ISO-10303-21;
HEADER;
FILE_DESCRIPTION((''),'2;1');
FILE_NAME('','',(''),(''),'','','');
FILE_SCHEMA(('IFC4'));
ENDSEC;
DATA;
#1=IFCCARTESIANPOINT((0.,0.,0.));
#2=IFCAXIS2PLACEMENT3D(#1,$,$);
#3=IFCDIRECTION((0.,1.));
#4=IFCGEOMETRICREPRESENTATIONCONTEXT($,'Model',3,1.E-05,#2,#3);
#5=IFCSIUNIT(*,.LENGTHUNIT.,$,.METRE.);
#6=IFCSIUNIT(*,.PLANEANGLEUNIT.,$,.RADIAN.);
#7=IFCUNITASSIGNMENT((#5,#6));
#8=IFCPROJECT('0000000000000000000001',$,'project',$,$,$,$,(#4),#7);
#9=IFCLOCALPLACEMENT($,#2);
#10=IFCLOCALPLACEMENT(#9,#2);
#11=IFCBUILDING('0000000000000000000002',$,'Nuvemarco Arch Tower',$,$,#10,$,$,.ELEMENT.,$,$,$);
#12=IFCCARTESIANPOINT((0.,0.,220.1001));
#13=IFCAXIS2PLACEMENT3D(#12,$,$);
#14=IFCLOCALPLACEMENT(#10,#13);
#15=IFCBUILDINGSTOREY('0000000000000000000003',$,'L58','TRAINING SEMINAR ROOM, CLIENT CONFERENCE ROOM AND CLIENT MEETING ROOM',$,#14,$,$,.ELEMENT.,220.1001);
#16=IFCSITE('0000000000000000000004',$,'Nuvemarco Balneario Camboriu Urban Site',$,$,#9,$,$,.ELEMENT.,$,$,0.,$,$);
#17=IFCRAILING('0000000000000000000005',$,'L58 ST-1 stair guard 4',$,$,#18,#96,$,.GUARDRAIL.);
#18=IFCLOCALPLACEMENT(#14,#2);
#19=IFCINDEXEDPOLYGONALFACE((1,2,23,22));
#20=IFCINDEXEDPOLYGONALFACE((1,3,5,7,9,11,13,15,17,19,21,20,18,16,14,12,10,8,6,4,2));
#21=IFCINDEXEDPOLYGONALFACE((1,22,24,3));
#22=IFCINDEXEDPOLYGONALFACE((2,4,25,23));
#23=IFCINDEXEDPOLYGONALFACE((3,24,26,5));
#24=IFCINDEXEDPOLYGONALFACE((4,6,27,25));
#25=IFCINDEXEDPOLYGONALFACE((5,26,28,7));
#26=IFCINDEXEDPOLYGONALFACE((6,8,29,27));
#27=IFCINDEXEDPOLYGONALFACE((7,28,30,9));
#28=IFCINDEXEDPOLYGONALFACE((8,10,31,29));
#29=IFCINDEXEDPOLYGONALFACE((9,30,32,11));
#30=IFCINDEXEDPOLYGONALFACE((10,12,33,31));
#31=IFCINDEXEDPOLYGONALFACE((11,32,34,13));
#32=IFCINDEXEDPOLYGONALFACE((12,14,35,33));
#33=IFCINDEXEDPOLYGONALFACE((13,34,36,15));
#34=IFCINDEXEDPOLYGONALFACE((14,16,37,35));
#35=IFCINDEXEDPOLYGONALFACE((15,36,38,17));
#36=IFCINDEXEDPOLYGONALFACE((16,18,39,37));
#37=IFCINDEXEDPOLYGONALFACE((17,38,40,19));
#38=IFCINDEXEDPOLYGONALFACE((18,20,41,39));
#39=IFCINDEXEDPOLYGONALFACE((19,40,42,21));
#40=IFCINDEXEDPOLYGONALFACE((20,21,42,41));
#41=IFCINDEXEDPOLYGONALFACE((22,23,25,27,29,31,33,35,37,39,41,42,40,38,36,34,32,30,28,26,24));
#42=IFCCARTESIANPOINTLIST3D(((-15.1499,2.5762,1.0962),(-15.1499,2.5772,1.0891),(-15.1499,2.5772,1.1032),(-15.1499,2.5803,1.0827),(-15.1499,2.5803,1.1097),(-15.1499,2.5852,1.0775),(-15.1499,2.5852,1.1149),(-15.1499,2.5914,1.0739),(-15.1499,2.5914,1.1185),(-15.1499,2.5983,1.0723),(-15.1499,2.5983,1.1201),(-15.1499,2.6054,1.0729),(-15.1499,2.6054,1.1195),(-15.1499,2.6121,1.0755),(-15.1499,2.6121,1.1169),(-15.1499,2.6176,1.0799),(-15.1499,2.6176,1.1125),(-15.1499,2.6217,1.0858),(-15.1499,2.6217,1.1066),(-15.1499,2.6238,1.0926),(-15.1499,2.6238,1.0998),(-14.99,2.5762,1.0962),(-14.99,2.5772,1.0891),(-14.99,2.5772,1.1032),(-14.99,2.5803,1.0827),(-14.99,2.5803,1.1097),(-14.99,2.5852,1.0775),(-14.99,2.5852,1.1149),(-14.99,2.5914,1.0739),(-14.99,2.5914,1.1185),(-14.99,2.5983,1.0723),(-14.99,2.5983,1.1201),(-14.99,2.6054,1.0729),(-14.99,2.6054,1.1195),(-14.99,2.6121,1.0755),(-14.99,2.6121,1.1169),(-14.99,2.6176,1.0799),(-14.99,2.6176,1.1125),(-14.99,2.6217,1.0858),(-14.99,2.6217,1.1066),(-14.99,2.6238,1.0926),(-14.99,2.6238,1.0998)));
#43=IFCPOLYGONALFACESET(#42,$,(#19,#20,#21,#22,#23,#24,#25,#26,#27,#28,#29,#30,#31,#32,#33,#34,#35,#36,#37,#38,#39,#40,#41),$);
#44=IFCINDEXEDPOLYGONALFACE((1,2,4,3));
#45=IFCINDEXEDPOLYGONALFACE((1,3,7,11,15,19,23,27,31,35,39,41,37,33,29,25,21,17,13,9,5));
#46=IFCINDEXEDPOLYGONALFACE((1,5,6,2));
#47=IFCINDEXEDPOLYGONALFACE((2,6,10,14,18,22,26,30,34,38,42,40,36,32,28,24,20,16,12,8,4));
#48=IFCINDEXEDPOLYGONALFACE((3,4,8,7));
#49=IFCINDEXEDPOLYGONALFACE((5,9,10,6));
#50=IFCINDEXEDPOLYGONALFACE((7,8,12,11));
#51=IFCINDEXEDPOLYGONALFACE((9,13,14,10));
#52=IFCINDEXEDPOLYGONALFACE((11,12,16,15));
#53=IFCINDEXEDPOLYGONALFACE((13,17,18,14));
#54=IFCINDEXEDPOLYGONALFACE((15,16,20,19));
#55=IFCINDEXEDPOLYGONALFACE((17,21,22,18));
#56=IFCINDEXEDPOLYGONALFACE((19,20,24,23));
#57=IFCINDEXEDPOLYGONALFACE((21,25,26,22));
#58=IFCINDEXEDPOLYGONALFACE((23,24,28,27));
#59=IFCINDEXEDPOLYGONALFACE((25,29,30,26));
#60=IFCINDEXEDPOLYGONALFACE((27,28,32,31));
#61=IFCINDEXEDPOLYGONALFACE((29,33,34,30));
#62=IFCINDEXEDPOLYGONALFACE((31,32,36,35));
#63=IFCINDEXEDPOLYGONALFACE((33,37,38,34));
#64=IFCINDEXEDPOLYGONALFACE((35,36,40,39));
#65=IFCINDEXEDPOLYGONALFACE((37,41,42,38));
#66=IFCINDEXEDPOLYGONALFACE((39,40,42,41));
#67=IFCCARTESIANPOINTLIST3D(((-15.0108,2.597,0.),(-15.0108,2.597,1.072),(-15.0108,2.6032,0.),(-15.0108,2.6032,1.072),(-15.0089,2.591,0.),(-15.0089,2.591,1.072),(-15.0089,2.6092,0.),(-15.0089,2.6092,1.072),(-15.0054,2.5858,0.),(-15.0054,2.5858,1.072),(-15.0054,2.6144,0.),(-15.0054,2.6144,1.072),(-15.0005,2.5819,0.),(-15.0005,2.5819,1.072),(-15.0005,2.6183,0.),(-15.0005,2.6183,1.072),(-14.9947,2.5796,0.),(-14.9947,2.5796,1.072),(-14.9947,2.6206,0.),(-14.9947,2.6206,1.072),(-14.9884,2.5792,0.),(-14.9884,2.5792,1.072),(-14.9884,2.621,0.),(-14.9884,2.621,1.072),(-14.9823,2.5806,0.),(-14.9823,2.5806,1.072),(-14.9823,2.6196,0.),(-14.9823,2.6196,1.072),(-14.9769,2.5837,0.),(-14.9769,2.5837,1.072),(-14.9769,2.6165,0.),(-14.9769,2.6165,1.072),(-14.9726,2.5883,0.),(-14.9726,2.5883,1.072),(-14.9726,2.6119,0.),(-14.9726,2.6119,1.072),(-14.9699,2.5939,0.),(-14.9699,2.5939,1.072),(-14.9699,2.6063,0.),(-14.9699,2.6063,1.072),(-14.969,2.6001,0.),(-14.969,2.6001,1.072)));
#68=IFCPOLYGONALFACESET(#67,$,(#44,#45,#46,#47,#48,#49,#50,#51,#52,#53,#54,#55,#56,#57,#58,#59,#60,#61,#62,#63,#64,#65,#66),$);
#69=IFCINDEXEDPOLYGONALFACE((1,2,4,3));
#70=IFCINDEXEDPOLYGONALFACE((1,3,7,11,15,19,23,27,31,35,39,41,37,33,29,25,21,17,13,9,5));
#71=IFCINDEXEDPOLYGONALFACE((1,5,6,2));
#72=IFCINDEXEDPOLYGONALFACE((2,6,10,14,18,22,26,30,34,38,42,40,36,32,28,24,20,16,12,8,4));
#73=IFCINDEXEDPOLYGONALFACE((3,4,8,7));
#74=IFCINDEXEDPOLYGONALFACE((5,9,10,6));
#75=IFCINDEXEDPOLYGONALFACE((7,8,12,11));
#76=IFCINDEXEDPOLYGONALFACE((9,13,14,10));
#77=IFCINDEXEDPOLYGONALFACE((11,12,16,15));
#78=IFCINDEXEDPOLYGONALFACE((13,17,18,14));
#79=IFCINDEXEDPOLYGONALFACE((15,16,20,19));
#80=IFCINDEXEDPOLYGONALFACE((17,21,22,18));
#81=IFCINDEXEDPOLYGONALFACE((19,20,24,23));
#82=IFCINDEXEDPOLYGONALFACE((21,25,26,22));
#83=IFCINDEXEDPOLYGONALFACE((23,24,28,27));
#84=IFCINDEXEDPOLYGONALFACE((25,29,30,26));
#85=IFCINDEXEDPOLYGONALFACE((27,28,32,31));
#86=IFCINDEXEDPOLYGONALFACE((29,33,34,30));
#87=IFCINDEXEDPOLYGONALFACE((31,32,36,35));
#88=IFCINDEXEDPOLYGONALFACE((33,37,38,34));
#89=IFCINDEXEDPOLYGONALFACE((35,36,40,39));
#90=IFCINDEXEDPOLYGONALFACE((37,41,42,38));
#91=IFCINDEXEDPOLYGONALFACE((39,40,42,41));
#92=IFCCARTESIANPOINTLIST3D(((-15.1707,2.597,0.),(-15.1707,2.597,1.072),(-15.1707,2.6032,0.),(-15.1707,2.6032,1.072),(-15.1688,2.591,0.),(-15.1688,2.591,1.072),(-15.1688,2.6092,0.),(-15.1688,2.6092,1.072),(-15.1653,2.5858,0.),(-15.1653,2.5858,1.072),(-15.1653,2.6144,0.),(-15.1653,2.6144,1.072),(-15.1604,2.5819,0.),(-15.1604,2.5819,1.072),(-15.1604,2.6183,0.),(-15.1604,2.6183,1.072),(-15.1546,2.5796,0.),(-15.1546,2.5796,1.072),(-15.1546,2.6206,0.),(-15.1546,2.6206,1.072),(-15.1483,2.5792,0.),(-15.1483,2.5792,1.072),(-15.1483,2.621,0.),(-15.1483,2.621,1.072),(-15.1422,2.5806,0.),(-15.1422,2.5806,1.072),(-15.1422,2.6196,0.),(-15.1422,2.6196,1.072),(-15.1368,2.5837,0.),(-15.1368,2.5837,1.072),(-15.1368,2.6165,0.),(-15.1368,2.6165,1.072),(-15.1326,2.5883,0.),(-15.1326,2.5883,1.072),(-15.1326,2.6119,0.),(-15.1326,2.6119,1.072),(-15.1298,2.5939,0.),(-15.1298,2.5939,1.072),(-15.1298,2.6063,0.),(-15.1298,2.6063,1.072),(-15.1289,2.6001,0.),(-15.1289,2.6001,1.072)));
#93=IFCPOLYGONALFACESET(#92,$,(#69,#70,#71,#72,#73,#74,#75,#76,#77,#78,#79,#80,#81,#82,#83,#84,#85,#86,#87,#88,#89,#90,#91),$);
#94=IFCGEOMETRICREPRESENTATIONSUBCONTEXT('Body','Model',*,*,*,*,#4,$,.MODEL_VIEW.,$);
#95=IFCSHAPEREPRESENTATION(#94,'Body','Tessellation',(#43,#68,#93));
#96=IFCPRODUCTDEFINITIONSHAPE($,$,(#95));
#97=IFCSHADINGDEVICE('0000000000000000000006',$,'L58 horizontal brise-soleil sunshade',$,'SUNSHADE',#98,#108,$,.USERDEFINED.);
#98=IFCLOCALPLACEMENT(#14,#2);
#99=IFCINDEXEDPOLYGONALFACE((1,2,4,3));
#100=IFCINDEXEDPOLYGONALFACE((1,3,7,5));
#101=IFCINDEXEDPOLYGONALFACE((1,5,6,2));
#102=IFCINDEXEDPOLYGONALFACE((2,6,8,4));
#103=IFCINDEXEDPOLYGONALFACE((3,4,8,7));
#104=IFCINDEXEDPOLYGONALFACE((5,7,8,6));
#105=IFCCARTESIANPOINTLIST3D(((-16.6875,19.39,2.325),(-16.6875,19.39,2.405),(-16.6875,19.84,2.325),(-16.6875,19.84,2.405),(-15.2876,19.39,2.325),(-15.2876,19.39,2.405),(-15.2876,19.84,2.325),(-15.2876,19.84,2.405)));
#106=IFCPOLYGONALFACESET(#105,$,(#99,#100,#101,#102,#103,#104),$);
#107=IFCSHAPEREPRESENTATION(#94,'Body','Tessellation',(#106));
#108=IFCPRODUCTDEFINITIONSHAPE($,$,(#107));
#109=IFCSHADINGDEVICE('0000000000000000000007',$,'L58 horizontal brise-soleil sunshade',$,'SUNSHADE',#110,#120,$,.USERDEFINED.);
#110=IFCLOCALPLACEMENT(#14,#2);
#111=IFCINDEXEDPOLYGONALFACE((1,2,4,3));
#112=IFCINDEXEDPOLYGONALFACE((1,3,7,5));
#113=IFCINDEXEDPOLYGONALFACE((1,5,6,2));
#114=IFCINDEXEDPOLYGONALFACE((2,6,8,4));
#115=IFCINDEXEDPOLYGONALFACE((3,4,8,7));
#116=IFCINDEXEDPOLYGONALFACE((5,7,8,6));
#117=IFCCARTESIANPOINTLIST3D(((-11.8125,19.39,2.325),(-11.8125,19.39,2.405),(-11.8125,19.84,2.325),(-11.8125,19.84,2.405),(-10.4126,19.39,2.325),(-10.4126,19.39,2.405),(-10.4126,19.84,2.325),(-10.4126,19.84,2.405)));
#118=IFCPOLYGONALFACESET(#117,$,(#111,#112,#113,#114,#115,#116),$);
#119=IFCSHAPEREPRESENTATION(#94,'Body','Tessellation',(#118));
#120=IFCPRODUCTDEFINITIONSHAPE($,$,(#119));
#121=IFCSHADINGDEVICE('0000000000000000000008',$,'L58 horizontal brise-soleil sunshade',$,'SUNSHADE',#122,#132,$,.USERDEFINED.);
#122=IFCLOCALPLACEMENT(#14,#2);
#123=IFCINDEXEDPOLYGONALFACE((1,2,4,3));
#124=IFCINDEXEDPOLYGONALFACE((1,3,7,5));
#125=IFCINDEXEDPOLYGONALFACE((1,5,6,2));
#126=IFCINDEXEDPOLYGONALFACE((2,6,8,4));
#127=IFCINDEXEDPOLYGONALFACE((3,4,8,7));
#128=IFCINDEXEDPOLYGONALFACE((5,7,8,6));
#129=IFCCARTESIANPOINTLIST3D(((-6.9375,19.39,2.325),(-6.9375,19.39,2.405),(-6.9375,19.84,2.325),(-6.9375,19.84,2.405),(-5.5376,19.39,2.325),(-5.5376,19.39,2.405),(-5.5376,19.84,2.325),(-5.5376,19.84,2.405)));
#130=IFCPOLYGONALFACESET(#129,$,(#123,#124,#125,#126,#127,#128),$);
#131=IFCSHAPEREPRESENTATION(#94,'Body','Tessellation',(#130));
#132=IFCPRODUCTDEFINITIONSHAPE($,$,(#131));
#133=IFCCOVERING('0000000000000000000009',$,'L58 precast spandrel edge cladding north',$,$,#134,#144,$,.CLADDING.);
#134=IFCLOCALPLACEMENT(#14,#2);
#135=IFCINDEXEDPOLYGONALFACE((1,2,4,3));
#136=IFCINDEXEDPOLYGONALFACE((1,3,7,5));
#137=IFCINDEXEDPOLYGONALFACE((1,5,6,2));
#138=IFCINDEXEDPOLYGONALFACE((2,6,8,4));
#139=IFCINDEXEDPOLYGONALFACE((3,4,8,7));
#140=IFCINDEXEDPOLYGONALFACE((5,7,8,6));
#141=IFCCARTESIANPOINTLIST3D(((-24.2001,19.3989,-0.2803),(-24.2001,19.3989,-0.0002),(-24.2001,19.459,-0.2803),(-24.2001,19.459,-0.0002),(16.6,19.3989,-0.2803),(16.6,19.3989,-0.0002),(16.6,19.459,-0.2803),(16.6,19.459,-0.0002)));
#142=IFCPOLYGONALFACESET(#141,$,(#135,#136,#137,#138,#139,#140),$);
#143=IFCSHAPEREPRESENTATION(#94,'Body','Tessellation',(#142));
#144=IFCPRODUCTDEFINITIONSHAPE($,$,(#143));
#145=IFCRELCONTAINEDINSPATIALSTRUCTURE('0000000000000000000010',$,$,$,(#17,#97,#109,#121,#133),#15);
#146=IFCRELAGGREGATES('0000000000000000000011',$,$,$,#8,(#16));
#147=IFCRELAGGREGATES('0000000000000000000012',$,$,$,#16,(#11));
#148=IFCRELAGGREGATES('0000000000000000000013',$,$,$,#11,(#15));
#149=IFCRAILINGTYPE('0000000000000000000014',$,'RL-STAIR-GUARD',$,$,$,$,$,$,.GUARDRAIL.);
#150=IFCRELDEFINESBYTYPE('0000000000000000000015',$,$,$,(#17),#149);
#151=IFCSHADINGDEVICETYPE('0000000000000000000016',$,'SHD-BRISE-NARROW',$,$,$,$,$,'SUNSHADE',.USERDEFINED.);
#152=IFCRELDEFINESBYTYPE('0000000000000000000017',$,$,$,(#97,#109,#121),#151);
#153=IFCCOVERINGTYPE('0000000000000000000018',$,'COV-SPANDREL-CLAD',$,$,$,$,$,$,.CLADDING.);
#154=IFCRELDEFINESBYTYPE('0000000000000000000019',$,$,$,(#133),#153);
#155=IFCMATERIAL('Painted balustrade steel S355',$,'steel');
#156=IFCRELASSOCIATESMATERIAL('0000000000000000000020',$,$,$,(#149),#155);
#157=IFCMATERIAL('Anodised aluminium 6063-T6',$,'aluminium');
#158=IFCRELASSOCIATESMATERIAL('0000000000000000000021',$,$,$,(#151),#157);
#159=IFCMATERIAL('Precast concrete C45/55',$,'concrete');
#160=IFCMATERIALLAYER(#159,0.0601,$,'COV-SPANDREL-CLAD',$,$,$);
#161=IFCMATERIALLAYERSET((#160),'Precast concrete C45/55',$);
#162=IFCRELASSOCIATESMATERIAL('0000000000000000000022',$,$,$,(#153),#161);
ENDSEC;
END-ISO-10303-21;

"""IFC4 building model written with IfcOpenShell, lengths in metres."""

from ifc_helpers import new_model, si_unit, direction, frame, origin, origin_2d, place, context, subcontext, project, spatial, rectangle, circle, extrude, source, transform, mapped, material, layer, layer_set, type_object, type_shapes, element, save


model = new_model("IFC4")

# Units and contexts
model_context = context("Model", 3, precision=1e-05, world=origin(), true_north=direction((0.0, 1.0)))
body_context = subcontext(model_context, "Body", "Model", "MODEL_VIEW")
ifc_project = project(units=[si_unit("LENGTHUNIT", "METRE"), si_unit("PLANEANGLEUNIT", "RADIAN")], contexts=[model_context])

# Site, building, storey
site_placement = place(None, origin())
site = spatial("IfcSite", under=ifc_project, at=site_placement, Name="Nuvemarco Balneario Camboriu Urban Site", CompositionType="ELEMENT", RefElevation=0.0)
building_placement = place(site_placement, origin())
building = spatial("IfcBuilding", under=site, at=building_placement, Name="Nuvemarco Arch Tower", CompositionType="ELEMENT")
storey_placement = place(building_placement, frame((0.0, 0.0, 220.1001)))
storey = spatial("IfcBuildingStorey", under=building, at=storey_placement, Name="L58", Description="TRAINING SEMINAR ROOM, CLIENT CONFERENCE ROOM AND CLIENT MEETING ROOM", CompositionType="ELEMENT", Elevation=220.1001)

# Shared definitions
ifc_material_1 = material(Name="Precast concrete C45/55", Category="concrete")

# Railing
ifc_material_2 = material(Name="Painted balustrade steel S355", Category="steel")
railing_type_1 = type_object("IfcRailingType", Name="RL-STAIR-GUARD", PredefinedType="GUARDRAIL", material=ifc_material_2)
railing_1_placement = place(storey_placement, frame((-14.99, 2.6001, 0.0)))
element("IfcRailing", 1, at=railing_1_placement, inside=storey, type_object=railing_type_1, Name="L58 ST-1 stair guard 4", PredefinedType="GUARDRAIL", context=body_context, shape_type="SweptSolid", body=[
    extrude(circle(Radius=0.0239, at=origin_2d()), frame((0.0, 0.0, 1.0962), z_axis=(-1.0, 0.0, 0.0), x_axis=(0.0, -1.0, 0.0)), (0.0, 0.0, 1.0), 0.1599),
    extrude(circle(Radius=0.021, at=origin_2d()), origin(), (0.0, 0.0, 1.0), 1.072),
    extrude(circle(Radius=0.021, at=origin_2d()), frame((-0.1599, 0.0, 0.0)), (0.0, 0.0, 1.0), 1.072),
])

# Shading devices
ifc_material_3 = material(Name="Anodised aluminium 6063-T6", Category="aluminium")
shading_device_type = type_object("IfcShadingDeviceType", Name="SHD-BRISE-NARROW", ElementType="SUNSHADE", PredefinedType="USERDEFINED", material=ifc_material_3)
shared_shape_1 = source(origin(), body_context, "Body", "SweptSolid", [
    extrude(rectangle(XDim=1.3999, YDim=0.45, at=origin_2d()), origin(), (0.0, 0.0, 1.0), 0.0801),
])
type_shapes(shading_device_type, [shared_shape_1])
for number, where, z_axis, x_axis, name in (
    (2, (-15.9875, 19.615, 2.325), (0.0, 0.0, 1.0), (1.0, 0.0, 0.0), "L58 horizontal brise-soleil sunshade"),
    (3, (-11.1125, 19.615, 2.325), (0.0, 0.0, 1.0), (1.0, 0.0, 0.0), "L58 horizontal brise-soleil sunshade"),
    (4, (-6.2375, 19.615, 2.325), (0.0, 0.0, 1.0), (1.0, 0.0, 0.0), "L58 horizontal brise-soleil sunshade"),
):
    element("IfcShadingDevice", number, at=place(storey_placement, frame(where, z_axis=z_axis, x_axis=x_axis)), inside=storey, type_object=shading_device_type, Name=name, ObjectType="SUNSHADE", PredefinedType="USERDEFINED", context=body_context, shape_type="MappedRepresentation", body=[
        mapped(shared_shape_1, transform((0.0, 0.0, 0.0), scale=1.0)),
    ])

# Covering
ifc_layer_1 = layer(ifc_material_1, 0.0601, Name="COV-SPANDREL-CLAD")
ifc_layer_set_1 = layer_set([ifc_layer_1], Name="Precast concrete C45/55")
covering_type = type_object("IfcCoveringType", Name="COV-SPANDREL-CLAD", PredefinedType="CLADDING", material=ifc_layer_set_1)
shared_shape_2 = source(origin(), body_context, "Body", "SweptSolid", [
    extrude(rectangle(XDim=40.8, YDim=0.0601, at=origin_2d()), origin(), (0.0, 0.0, 1.0), 0.28),
])
type_shapes(covering_type, [shared_shape_2])
covering_placement = place(storey_placement, frame((-3.8, 19.429, -0.2803), z_axis=(0.0, 0.0, 1.0), x_axis=(1.0, 0.0, 0.0)))
element("IfcCovering", 5, at=covering_placement, inside=storey, type_object=covering_type, Name="L58 precast spandrel edge cladding north", PredefinedType="CLADDING", context=body_context, shape_type="MappedRepresentation", body=[
    mapped(shared_shape_2, transform((0.0, 0.0, 0.0), scale=1.0)),
])

save(model, "model.ifc")
